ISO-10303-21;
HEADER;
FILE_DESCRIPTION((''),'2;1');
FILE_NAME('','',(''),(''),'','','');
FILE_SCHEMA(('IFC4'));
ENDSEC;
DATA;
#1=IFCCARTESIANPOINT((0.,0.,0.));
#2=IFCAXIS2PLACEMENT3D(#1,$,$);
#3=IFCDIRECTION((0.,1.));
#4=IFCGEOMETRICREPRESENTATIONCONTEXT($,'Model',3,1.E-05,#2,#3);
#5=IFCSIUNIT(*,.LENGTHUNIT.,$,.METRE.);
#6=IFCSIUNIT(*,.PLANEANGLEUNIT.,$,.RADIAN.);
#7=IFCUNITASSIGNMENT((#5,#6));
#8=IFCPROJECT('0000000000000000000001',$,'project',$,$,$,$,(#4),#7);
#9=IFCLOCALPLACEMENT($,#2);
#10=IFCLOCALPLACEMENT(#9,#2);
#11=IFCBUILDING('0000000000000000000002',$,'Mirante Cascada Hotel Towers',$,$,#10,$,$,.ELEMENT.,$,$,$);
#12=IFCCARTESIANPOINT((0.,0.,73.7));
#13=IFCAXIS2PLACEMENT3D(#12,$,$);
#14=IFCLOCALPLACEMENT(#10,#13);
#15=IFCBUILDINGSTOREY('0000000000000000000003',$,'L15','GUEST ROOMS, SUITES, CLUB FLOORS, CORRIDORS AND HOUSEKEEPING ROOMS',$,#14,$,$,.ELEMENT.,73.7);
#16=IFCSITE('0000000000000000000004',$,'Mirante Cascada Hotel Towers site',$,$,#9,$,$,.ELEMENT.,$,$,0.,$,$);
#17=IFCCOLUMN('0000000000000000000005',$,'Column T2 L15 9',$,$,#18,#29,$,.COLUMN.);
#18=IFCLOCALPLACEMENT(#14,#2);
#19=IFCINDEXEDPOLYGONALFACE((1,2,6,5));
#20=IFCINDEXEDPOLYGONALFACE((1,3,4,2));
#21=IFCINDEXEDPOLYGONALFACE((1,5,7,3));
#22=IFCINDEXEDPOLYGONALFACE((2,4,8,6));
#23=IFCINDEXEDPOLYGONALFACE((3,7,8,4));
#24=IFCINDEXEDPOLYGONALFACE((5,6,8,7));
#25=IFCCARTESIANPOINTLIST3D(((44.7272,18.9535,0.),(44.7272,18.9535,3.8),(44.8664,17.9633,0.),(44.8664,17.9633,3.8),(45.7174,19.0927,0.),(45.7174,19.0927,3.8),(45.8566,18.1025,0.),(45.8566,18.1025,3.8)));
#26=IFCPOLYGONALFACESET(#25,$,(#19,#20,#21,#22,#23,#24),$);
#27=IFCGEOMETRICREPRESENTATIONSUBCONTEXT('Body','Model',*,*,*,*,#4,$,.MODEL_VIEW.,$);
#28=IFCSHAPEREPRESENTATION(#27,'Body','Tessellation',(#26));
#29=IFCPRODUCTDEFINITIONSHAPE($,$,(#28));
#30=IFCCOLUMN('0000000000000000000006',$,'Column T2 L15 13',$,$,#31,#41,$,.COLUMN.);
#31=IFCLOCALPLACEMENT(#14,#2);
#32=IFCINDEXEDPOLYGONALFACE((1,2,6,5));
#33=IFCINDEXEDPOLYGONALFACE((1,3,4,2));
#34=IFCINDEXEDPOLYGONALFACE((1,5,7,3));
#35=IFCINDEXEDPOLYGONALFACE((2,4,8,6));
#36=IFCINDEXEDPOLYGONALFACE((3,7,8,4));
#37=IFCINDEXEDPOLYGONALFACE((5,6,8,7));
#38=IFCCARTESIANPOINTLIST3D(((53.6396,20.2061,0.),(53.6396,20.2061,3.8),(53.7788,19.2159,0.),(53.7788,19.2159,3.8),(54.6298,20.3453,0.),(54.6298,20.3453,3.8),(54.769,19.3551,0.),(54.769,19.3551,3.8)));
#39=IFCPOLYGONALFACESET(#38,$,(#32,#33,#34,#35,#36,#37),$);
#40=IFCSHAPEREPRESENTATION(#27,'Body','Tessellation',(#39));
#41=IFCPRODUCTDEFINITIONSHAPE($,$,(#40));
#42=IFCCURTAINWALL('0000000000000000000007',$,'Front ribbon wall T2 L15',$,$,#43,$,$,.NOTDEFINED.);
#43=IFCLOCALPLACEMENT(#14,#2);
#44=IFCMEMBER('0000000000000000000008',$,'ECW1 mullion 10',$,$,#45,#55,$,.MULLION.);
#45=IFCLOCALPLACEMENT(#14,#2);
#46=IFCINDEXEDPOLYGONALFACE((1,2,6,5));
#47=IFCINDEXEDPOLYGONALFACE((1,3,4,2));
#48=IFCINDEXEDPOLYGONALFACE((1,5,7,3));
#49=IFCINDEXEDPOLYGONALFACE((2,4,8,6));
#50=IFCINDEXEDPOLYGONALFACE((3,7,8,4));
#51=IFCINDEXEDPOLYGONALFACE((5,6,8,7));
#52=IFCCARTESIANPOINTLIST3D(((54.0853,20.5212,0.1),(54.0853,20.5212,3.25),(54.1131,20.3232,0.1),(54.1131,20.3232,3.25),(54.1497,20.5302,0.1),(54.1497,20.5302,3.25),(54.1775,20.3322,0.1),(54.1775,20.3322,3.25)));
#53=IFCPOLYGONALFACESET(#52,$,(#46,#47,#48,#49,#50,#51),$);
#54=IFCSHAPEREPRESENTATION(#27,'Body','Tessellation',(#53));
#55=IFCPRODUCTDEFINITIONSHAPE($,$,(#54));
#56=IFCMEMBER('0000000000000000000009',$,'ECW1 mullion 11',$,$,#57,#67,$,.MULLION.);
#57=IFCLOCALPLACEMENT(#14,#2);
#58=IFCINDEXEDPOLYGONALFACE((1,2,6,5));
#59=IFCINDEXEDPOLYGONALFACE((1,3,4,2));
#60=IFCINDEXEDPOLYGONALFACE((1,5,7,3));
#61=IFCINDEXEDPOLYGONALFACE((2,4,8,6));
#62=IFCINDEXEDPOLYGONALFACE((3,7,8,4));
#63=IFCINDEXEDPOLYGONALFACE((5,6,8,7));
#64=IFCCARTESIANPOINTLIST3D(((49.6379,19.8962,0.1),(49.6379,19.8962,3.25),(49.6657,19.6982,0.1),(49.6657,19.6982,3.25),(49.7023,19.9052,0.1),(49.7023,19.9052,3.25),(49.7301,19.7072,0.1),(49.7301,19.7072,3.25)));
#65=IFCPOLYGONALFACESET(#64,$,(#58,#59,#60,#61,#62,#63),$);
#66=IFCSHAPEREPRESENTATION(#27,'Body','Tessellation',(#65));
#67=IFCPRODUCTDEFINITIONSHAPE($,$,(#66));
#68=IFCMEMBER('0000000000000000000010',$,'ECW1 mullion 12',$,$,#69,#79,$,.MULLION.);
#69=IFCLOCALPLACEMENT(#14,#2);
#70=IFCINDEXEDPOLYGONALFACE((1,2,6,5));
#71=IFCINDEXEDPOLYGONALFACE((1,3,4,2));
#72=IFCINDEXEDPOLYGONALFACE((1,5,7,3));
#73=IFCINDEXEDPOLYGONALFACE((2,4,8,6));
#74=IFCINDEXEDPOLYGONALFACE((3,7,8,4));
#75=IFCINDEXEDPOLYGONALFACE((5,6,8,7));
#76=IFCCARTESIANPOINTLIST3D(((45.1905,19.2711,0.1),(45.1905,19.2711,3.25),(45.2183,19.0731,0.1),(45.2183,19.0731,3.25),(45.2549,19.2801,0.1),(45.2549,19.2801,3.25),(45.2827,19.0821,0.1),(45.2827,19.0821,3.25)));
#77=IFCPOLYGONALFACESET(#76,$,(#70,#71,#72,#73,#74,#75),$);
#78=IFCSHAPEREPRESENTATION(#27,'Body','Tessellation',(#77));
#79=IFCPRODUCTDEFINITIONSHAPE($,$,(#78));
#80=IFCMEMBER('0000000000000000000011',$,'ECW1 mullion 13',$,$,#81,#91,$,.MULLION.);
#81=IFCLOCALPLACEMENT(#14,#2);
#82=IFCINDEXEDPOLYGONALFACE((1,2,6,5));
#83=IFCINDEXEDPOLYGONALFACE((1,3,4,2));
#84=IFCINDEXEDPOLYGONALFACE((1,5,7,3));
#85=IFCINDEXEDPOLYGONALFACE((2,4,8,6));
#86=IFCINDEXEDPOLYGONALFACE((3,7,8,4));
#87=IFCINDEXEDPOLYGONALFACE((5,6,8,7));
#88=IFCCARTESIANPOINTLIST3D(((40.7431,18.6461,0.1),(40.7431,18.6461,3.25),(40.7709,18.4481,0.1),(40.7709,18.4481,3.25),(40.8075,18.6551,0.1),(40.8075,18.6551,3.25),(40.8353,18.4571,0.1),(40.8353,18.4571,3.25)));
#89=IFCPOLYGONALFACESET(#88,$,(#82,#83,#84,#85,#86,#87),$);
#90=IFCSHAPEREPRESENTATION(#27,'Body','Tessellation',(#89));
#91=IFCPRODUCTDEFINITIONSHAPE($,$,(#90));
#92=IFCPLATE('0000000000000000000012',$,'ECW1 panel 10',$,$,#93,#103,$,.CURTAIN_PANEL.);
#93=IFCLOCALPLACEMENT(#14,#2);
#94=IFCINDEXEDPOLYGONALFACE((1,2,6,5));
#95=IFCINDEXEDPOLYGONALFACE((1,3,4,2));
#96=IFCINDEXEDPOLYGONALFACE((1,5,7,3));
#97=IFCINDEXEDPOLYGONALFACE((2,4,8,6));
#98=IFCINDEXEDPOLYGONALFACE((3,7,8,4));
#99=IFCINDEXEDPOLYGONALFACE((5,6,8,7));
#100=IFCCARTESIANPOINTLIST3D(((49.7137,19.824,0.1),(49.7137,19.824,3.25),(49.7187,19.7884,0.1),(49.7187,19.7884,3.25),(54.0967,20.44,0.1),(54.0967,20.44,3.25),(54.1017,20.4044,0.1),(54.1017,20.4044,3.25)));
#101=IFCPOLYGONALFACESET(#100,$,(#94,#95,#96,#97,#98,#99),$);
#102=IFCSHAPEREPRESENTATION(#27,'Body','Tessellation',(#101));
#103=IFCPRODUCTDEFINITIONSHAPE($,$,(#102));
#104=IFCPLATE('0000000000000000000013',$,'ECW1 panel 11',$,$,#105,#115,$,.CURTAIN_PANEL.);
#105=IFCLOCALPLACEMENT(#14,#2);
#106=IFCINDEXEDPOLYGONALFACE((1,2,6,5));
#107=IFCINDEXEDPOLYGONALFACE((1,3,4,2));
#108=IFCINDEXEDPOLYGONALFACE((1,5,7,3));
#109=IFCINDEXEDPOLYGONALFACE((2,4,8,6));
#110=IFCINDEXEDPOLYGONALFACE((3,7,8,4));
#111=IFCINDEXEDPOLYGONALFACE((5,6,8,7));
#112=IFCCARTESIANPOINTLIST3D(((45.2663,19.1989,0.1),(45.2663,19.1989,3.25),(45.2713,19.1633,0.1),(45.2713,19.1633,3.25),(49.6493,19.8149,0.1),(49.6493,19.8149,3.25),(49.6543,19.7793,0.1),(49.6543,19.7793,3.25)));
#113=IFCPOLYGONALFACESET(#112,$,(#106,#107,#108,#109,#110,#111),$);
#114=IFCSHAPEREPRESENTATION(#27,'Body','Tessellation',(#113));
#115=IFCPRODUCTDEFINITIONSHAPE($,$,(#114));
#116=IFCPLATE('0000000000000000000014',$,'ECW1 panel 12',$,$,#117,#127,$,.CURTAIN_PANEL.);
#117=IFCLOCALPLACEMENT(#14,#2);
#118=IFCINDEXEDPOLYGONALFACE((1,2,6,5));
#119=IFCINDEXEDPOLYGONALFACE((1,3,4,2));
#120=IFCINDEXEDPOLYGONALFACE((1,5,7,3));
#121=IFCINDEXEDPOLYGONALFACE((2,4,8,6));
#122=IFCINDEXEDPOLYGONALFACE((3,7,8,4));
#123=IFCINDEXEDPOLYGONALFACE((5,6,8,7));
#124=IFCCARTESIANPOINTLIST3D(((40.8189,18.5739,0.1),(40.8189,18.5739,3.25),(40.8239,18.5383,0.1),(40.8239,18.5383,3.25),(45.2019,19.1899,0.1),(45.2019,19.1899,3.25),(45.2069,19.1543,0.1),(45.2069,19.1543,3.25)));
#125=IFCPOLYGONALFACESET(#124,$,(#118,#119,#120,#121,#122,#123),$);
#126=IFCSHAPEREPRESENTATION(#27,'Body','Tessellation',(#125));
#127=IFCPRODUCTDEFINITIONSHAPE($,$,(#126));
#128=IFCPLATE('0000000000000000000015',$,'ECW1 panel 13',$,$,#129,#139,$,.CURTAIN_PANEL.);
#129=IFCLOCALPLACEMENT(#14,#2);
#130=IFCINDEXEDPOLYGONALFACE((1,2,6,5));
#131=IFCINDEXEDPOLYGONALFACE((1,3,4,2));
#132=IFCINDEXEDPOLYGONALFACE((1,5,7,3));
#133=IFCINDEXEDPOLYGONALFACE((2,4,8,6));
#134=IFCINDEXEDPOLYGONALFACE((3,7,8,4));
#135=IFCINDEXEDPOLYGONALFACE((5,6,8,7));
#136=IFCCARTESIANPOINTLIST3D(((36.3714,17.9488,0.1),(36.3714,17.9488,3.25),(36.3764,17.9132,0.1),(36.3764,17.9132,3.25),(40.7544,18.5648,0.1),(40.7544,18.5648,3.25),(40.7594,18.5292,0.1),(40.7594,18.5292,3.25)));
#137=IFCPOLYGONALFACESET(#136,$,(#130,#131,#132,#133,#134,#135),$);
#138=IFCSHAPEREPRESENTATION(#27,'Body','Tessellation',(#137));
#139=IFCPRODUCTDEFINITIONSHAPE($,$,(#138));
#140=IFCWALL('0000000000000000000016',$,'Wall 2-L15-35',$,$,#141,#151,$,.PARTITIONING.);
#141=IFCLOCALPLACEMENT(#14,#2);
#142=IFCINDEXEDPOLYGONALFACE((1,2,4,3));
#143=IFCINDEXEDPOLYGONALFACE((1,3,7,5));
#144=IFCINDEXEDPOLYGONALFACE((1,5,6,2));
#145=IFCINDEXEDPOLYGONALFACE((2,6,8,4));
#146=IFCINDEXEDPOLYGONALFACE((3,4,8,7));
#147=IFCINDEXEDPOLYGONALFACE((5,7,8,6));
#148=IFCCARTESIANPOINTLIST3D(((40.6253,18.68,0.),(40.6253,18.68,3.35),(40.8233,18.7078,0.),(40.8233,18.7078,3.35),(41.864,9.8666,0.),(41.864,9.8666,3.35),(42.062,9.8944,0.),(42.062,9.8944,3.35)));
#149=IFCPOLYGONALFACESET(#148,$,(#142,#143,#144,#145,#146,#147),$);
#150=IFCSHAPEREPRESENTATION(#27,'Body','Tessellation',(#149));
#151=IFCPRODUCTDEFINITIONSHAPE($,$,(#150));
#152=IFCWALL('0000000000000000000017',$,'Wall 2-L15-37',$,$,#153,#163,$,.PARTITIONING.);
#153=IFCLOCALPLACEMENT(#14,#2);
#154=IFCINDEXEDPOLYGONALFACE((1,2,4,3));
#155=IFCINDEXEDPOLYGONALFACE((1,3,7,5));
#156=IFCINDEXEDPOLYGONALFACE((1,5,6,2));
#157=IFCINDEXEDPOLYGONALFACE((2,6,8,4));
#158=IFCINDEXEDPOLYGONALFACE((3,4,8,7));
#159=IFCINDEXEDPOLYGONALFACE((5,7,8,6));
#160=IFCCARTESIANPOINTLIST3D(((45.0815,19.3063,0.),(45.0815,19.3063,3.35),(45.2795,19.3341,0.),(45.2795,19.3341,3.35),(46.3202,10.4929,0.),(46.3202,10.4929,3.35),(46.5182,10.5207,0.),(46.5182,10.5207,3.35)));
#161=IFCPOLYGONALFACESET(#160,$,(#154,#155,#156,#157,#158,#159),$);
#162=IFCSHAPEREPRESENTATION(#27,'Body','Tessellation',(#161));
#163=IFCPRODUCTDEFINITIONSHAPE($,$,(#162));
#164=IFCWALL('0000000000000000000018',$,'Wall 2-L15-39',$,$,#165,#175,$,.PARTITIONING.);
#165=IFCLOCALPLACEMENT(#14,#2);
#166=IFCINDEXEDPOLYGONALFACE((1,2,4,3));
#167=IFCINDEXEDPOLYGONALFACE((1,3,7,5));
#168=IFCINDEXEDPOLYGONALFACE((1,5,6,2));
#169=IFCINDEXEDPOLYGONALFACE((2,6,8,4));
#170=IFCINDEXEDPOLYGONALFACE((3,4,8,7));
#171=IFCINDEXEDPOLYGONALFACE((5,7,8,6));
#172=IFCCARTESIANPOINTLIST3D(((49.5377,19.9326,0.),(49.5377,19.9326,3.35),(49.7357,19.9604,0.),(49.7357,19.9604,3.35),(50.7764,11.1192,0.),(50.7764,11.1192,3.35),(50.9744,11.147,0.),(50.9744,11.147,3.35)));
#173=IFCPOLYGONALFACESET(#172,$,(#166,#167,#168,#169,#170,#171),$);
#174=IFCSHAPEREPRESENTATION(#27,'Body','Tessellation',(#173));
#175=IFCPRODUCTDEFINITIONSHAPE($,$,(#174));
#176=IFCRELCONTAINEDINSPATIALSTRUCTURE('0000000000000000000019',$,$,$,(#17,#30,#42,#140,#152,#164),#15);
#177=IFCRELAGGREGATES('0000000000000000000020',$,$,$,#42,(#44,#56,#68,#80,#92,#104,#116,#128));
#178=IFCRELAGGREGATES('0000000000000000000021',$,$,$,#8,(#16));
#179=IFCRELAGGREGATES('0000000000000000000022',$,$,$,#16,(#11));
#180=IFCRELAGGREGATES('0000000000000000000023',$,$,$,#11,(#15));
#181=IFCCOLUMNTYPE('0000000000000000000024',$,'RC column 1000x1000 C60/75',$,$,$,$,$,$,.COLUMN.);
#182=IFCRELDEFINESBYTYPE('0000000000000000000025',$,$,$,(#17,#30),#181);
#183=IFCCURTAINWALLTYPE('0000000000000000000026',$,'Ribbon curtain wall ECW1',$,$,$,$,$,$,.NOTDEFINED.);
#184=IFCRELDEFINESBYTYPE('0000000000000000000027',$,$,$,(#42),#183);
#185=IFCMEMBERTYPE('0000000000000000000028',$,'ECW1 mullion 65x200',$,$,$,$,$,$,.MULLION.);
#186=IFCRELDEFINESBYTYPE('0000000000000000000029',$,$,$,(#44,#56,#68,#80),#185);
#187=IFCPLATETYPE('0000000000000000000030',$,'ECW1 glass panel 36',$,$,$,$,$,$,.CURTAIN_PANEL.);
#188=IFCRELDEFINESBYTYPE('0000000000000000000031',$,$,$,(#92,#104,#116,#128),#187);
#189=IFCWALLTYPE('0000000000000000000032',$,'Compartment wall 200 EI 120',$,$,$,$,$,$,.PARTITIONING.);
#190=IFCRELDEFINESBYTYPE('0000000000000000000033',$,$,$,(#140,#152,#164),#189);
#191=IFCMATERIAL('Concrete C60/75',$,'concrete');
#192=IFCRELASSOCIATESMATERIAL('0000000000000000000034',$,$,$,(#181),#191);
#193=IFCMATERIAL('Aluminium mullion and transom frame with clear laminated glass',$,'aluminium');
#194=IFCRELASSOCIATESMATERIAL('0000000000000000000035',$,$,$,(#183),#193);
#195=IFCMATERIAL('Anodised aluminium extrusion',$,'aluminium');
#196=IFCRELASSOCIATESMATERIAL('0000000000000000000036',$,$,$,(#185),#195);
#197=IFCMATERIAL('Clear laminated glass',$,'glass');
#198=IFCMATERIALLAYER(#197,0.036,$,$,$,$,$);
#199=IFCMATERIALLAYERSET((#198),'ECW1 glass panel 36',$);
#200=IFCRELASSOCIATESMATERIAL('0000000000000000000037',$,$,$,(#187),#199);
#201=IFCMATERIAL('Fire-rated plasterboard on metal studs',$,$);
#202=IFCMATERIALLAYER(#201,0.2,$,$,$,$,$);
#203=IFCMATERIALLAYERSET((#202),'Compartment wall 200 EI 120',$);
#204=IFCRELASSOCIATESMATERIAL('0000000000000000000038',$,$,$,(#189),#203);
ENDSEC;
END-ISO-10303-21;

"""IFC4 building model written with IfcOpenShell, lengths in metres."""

from ifc_helpers import new_model, si_unit, direction, frame, frame_2d, origin, origin_2d, place, context, subcontext, project, spatial, rectangle, extrude, material, layer, layer_set, material_profile, profile_set, type_object, element, aggregate, save


model = new_model("IFC4")

# Units and contexts
model_context = context("Model", 3, precision=1e-05, world=origin(), true_north=direction((0.0, 1.0)))
body_context = subcontext(model_context, "Body", "Model", "MODEL_VIEW")
ifc_project = project(units=[si_unit("LENGTHUNIT", "METRE"), si_unit("PLANEANGLEUNIT", "RADIAN")], contexts=[model_context])

# Site, building, storey
site_placement = place(None, origin())
site = spatial("IfcSite", under=ifc_project, at=site_placement, Name="Mirante Cascada Hotel Towers site", CompositionType="ELEMENT", RefElevation=0.0)
building_placement = place(site_placement, origin())
building = spatial("IfcBuilding", under=site, at=building_placement, Name="Mirante Cascada Hotel Towers", CompositionType="ELEMENT")
storey_placement = place(building_placement, frame((0.0, 0.0, 73.7)))
storey = spatial("IfcBuildingStorey", under=building, at=storey_placement, Name="L15", Description="GUEST ROOMS, SUITES, CLUB FLOORS, CORRIDORS AND HOUSEKEEPING ROOMS", CompositionType="ELEMENT", Elevation=73.7)

# Columns
ifc_material_1 = material(Name="Concrete C60/75", Category="concrete")
ifc_material_profile_1 = material_profile(ifc_material_1, rectangle(XDim=1.0, YDim=1.0, at=origin_2d()), Name="RC column 1000x1000 C60/75")
ifc_profile_set_1 = profile_set([ifc_material_profile_1], Name="Concrete C60/75")
column_type = type_object("IfcColumnType", Name="RC column 1000x1000 C60/75", PredefinedType="COLUMN", material=ifc_profile_set_1)
for number, where, z_axis, x_axis, name in (
    (1, (45.2919, 18.528, 0.0), (0.0, 0.0, 1.0), (0.990268, 0.139173, 0.0), "Column T2 L15 9"),
    (2, (54.2043, 19.7806, 0.0), (0.0, 0.0, 1.0), (0.990268, 0.139173, 0.0), "Column T2 L15 13"),
):
    element("IfcColumn", number, at=place(storey_placement, frame(where, z_axis=z_axis, x_axis=x_axis)), inside=storey, type_object=column_type, Name=name, PredefinedType="COLUMN", context=body_context, shape_type="SweptSolid", body=[
        extrude(rectangle(XDim=1.0, YDim=1.0, at=origin_2d()), origin(), (0.0, 0.0, 1.0), 3.8),
    ])

# Curtain wall, members, plates
ifc_material_2 = material(Name="Aluminium mullion and transom frame with clear laminated glass", Category="aluminium")
curtain_wall_type = type_object("IfcCurtainWallType", Name="Ribbon curtain wall ECW1", PredefinedType="NOTDEFINED", material=ifc_material_2)
curtain_wall_placement = place(storey_placement, origin())
curtain_wall = element("IfcCurtainWall", 3, at=curtain_wall_placement, inside=storey, type_object=curtain_wall_type, Name="Front ribbon wall T2 L15", PredefinedType="NOTDEFINED")
ifc_material_3 = material(Name="Anodised aluminium extrusion", Category="aluminium")
ifc_material_profile_2 = material_profile(ifc_material_3, rectangle(XDim=0.2, YDim=0.065, at=origin_2d()), Name="ECW1 MULLION 65x200")
ifc_profile_set_2 = profile_set([ifc_material_profile_2], Name="Anodised aluminium extrusion")
member_type = type_object("IfcMemberType", Name="ECW1 mullion 65x200", PredefinedType="MULLION", material=ifc_profile_set_2)
member_1_placement = place(storey_placement, frame((54.1314, 20.4267, 0.1), z_axis=(0.0, 0.0, 1.0), x_axis=(0.139173, -0.990268, 0.0)))
member_1 = element("IfcMember", 4, at=member_1_placement, type_object=member_type, Name="ECW1 mullion 10", PredefinedType="MULLION", context=body_context, shape_type="SweptSolid", body=[
    extrude(rectangle(XDim=0.2, YDim=0.065, at=origin_2d()), origin(), (0.0, 0.0, 1.0), 3.15),
])
member_2_placement = place(storey_placement, frame((49.684, 19.8017, 0.1), z_axis=(0.0, 0.0, 1.0), x_axis=(0.139173, -0.990268, 0.0)))
member_2 = element("IfcMember", 5, at=member_2_placement, type_object=member_type, Name="ECW1 mullion 11", PredefinedType="MULLION", context=body_context, shape_type="SweptSolid", body=[
    extrude(rectangle(XDim=0.2, YDim=0.065, at=origin_2d()), origin(), (0.0, 0.0, 1.0), 3.15),
])
member_3_placement = place(storey_placement, frame((45.2366, 19.1766, 0.1), z_axis=(0.0, 0.0, 1.0), x_axis=(0.139173, -0.990268, 0.0)))
member_3 = element("IfcMember", 6, at=member_3_placement, type_object=member_type, Name="ECW1 mullion 12", PredefinedType="MULLION", context=body_context, shape_type="SweptSolid", body=[
    extrude(rectangle(XDim=0.2, YDim=0.065, at=origin_2d()), origin(), (0.0, 0.0, 1.0), 3.15),
])
member_4_placement = place(storey_placement, frame((40.7892, 18.5516, 0.1), z_axis=(0.0, 0.0, 1.0), x_axis=(0.139173, -0.990268, 0.0)))
member_4 = element("IfcMember", 7, at=member_4_placement, type_object=member_type, Name="ECW1 mullion 13", PredefinedType="MULLION", context=body_context, shape_type="SweptSolid", body=[
    extrude(rectangle(XDim=0.2, YDim=0.065, at=origin_2d()), origin(), (0.0, 0.0, 1.0), 3.15),
])
ifc_material_4 = material(Name="Clear laminated glass", Category="glass")
ifc_layer_1 = layer(ifc_material_4, 0.036)
ifc_layer_set_1 = layer_set([ifc_layer_1], Name="ECW1 glass panel 36")
plate_type = type_object("IfcPlateType", Name="ECW1 glass panel 36", PredefinedType="CURTAIN_PANEL", material=ifc_layer_set_1)
plate_1_placement = place(storey_placement, frame((51.9077, 20.1142, 0.1), z_axis=(0.0, 0.0, 1.0), x_axis=(-0.990268, -0.139173, 0.0)))
plate_1 = element("IfcPlate", 8, at=plate_1_placement, type_object=plate_type, Name="ECW1 panel 10", PredefinedType="CURTAIN_PANEL", context=body_context, shape_type="SweptSolid", body=[
    extrude(rectangle(XDim=4.4261, YDim=0.036, at=origin_2d()), origin(), (0.0, 0.0, 1.0), 3.15),
])
plate_2_placement = place(storey_placement, frame((47.4603, 19.4891, 0.1), z_axis=(0.0, 0.0, 1.0), x_axis=(-0.990268, -0.139173, 0.0)))
plate_2 = element("IfcPlate", 9, at=plate_2_placement, type_object=plate_type, Name="ECW1 panel 11", PredefinedType="CURTAIN_PANEL", context=body_context, shape_type="SweptSolid", body=[
    extrude(rectangle(XDim=4.4261, YDim=0.036, at=origin_2d()), origin(), (0.0, 0.0, 1.0), 3.15),
])
plate_3_placement = place(storey_placement, frame((43.0129, 18.8641, 0.1), z_axis=(0.0, 0.0, 1.0), x_axis=(-0.990268, -0.139173, 0.0)))
plate_3 = element("IfcPlate", 10, at=plate_3_placement, type_object=plate_type, Name="ECW1 panel 12", PredefinedType="CURTAIN_PANEL", context=body_context, shape_type="SweptSolid", body=[
    extrude(rectangle(XDim=4.4261, YDim=0.036, at=origin_2d()), origin(), (0.0, 0.0, 1.0), 3.15),
])
plate_4_placement = place(storey_placement, frame((38.5654, 18.239, 0.1), z_axis=(0.0, 0.0, 1.0), x_axis=(-0.990268, -0.139173, 0.0)))
plate_4 = element("IfcPlate", 11, at=plate_4_placement, type_object=plate_type, Name="ECW1 panel 13", PredefinedType="CURTAIN_PANEL", context=body_context, shape_type="SweptSolid", body=[
    extrude(rectangle(XDim=4.4261, YDim=0.036, at=origin_2d()), origin(), (0.0, 0.0, 1.0), 3.15),
])
aggregate(curtain_wall, [member_1, member_2, member_3, member_4, plate_1, plate_2, plate_3, plate_4])

# Walls
ifc_material_5 = material(Name="Fire-rated plasterboard on metal studs")
ifc_layer_2 = layer(ifc_material_5, 0.2)
ifc_layer_set_2 = layer_set([ifc_layer_2], Name="Compartment wall 200 EI 120")
wall_type_1 = type_object("IfcWallType", Name="Compartment wall 200 EI 120", PredefinedType="PARTITIONING", material=ifc_layer_set_2)
for number, where, z_axis, x_axis, name in (
    (12, (40.7243, 18.6939, 0.0), (0.0, 0.0, 1.0), (0.139179, -0.990267, 0.0), "Wall 2-L15-35"),
    (13, (45.1805, 19.3202, 0.0), (0.0, 0.0, 1.0), (0.139179, -0.990267, 0.0), "Wall 2-L15-37"),
    (14, (49.6367, 19.9465, 0.0), (0.0, 0.0, 1.0), (0.139179, -0.990267, 0.0), "Wall 2-L15-39"),
):
    element("IfcWall", number, at=place(storey_placement, frame(where, z_axis=z_axis, x_axis=x_axis)), inside=storey, type_object=wall_type_1, Name=name, PredefinedType="PARTITIONING", context=body_context, shape_type="SweptSolid", body=[
        extrude(rectangle(XDim=8.9, YDim=0.2, at=frame_2d((4.45, 0.0))), origin(), (0.0, 0.0, 1.0), 3.35),
    ])

save(model, "model.ifc")
